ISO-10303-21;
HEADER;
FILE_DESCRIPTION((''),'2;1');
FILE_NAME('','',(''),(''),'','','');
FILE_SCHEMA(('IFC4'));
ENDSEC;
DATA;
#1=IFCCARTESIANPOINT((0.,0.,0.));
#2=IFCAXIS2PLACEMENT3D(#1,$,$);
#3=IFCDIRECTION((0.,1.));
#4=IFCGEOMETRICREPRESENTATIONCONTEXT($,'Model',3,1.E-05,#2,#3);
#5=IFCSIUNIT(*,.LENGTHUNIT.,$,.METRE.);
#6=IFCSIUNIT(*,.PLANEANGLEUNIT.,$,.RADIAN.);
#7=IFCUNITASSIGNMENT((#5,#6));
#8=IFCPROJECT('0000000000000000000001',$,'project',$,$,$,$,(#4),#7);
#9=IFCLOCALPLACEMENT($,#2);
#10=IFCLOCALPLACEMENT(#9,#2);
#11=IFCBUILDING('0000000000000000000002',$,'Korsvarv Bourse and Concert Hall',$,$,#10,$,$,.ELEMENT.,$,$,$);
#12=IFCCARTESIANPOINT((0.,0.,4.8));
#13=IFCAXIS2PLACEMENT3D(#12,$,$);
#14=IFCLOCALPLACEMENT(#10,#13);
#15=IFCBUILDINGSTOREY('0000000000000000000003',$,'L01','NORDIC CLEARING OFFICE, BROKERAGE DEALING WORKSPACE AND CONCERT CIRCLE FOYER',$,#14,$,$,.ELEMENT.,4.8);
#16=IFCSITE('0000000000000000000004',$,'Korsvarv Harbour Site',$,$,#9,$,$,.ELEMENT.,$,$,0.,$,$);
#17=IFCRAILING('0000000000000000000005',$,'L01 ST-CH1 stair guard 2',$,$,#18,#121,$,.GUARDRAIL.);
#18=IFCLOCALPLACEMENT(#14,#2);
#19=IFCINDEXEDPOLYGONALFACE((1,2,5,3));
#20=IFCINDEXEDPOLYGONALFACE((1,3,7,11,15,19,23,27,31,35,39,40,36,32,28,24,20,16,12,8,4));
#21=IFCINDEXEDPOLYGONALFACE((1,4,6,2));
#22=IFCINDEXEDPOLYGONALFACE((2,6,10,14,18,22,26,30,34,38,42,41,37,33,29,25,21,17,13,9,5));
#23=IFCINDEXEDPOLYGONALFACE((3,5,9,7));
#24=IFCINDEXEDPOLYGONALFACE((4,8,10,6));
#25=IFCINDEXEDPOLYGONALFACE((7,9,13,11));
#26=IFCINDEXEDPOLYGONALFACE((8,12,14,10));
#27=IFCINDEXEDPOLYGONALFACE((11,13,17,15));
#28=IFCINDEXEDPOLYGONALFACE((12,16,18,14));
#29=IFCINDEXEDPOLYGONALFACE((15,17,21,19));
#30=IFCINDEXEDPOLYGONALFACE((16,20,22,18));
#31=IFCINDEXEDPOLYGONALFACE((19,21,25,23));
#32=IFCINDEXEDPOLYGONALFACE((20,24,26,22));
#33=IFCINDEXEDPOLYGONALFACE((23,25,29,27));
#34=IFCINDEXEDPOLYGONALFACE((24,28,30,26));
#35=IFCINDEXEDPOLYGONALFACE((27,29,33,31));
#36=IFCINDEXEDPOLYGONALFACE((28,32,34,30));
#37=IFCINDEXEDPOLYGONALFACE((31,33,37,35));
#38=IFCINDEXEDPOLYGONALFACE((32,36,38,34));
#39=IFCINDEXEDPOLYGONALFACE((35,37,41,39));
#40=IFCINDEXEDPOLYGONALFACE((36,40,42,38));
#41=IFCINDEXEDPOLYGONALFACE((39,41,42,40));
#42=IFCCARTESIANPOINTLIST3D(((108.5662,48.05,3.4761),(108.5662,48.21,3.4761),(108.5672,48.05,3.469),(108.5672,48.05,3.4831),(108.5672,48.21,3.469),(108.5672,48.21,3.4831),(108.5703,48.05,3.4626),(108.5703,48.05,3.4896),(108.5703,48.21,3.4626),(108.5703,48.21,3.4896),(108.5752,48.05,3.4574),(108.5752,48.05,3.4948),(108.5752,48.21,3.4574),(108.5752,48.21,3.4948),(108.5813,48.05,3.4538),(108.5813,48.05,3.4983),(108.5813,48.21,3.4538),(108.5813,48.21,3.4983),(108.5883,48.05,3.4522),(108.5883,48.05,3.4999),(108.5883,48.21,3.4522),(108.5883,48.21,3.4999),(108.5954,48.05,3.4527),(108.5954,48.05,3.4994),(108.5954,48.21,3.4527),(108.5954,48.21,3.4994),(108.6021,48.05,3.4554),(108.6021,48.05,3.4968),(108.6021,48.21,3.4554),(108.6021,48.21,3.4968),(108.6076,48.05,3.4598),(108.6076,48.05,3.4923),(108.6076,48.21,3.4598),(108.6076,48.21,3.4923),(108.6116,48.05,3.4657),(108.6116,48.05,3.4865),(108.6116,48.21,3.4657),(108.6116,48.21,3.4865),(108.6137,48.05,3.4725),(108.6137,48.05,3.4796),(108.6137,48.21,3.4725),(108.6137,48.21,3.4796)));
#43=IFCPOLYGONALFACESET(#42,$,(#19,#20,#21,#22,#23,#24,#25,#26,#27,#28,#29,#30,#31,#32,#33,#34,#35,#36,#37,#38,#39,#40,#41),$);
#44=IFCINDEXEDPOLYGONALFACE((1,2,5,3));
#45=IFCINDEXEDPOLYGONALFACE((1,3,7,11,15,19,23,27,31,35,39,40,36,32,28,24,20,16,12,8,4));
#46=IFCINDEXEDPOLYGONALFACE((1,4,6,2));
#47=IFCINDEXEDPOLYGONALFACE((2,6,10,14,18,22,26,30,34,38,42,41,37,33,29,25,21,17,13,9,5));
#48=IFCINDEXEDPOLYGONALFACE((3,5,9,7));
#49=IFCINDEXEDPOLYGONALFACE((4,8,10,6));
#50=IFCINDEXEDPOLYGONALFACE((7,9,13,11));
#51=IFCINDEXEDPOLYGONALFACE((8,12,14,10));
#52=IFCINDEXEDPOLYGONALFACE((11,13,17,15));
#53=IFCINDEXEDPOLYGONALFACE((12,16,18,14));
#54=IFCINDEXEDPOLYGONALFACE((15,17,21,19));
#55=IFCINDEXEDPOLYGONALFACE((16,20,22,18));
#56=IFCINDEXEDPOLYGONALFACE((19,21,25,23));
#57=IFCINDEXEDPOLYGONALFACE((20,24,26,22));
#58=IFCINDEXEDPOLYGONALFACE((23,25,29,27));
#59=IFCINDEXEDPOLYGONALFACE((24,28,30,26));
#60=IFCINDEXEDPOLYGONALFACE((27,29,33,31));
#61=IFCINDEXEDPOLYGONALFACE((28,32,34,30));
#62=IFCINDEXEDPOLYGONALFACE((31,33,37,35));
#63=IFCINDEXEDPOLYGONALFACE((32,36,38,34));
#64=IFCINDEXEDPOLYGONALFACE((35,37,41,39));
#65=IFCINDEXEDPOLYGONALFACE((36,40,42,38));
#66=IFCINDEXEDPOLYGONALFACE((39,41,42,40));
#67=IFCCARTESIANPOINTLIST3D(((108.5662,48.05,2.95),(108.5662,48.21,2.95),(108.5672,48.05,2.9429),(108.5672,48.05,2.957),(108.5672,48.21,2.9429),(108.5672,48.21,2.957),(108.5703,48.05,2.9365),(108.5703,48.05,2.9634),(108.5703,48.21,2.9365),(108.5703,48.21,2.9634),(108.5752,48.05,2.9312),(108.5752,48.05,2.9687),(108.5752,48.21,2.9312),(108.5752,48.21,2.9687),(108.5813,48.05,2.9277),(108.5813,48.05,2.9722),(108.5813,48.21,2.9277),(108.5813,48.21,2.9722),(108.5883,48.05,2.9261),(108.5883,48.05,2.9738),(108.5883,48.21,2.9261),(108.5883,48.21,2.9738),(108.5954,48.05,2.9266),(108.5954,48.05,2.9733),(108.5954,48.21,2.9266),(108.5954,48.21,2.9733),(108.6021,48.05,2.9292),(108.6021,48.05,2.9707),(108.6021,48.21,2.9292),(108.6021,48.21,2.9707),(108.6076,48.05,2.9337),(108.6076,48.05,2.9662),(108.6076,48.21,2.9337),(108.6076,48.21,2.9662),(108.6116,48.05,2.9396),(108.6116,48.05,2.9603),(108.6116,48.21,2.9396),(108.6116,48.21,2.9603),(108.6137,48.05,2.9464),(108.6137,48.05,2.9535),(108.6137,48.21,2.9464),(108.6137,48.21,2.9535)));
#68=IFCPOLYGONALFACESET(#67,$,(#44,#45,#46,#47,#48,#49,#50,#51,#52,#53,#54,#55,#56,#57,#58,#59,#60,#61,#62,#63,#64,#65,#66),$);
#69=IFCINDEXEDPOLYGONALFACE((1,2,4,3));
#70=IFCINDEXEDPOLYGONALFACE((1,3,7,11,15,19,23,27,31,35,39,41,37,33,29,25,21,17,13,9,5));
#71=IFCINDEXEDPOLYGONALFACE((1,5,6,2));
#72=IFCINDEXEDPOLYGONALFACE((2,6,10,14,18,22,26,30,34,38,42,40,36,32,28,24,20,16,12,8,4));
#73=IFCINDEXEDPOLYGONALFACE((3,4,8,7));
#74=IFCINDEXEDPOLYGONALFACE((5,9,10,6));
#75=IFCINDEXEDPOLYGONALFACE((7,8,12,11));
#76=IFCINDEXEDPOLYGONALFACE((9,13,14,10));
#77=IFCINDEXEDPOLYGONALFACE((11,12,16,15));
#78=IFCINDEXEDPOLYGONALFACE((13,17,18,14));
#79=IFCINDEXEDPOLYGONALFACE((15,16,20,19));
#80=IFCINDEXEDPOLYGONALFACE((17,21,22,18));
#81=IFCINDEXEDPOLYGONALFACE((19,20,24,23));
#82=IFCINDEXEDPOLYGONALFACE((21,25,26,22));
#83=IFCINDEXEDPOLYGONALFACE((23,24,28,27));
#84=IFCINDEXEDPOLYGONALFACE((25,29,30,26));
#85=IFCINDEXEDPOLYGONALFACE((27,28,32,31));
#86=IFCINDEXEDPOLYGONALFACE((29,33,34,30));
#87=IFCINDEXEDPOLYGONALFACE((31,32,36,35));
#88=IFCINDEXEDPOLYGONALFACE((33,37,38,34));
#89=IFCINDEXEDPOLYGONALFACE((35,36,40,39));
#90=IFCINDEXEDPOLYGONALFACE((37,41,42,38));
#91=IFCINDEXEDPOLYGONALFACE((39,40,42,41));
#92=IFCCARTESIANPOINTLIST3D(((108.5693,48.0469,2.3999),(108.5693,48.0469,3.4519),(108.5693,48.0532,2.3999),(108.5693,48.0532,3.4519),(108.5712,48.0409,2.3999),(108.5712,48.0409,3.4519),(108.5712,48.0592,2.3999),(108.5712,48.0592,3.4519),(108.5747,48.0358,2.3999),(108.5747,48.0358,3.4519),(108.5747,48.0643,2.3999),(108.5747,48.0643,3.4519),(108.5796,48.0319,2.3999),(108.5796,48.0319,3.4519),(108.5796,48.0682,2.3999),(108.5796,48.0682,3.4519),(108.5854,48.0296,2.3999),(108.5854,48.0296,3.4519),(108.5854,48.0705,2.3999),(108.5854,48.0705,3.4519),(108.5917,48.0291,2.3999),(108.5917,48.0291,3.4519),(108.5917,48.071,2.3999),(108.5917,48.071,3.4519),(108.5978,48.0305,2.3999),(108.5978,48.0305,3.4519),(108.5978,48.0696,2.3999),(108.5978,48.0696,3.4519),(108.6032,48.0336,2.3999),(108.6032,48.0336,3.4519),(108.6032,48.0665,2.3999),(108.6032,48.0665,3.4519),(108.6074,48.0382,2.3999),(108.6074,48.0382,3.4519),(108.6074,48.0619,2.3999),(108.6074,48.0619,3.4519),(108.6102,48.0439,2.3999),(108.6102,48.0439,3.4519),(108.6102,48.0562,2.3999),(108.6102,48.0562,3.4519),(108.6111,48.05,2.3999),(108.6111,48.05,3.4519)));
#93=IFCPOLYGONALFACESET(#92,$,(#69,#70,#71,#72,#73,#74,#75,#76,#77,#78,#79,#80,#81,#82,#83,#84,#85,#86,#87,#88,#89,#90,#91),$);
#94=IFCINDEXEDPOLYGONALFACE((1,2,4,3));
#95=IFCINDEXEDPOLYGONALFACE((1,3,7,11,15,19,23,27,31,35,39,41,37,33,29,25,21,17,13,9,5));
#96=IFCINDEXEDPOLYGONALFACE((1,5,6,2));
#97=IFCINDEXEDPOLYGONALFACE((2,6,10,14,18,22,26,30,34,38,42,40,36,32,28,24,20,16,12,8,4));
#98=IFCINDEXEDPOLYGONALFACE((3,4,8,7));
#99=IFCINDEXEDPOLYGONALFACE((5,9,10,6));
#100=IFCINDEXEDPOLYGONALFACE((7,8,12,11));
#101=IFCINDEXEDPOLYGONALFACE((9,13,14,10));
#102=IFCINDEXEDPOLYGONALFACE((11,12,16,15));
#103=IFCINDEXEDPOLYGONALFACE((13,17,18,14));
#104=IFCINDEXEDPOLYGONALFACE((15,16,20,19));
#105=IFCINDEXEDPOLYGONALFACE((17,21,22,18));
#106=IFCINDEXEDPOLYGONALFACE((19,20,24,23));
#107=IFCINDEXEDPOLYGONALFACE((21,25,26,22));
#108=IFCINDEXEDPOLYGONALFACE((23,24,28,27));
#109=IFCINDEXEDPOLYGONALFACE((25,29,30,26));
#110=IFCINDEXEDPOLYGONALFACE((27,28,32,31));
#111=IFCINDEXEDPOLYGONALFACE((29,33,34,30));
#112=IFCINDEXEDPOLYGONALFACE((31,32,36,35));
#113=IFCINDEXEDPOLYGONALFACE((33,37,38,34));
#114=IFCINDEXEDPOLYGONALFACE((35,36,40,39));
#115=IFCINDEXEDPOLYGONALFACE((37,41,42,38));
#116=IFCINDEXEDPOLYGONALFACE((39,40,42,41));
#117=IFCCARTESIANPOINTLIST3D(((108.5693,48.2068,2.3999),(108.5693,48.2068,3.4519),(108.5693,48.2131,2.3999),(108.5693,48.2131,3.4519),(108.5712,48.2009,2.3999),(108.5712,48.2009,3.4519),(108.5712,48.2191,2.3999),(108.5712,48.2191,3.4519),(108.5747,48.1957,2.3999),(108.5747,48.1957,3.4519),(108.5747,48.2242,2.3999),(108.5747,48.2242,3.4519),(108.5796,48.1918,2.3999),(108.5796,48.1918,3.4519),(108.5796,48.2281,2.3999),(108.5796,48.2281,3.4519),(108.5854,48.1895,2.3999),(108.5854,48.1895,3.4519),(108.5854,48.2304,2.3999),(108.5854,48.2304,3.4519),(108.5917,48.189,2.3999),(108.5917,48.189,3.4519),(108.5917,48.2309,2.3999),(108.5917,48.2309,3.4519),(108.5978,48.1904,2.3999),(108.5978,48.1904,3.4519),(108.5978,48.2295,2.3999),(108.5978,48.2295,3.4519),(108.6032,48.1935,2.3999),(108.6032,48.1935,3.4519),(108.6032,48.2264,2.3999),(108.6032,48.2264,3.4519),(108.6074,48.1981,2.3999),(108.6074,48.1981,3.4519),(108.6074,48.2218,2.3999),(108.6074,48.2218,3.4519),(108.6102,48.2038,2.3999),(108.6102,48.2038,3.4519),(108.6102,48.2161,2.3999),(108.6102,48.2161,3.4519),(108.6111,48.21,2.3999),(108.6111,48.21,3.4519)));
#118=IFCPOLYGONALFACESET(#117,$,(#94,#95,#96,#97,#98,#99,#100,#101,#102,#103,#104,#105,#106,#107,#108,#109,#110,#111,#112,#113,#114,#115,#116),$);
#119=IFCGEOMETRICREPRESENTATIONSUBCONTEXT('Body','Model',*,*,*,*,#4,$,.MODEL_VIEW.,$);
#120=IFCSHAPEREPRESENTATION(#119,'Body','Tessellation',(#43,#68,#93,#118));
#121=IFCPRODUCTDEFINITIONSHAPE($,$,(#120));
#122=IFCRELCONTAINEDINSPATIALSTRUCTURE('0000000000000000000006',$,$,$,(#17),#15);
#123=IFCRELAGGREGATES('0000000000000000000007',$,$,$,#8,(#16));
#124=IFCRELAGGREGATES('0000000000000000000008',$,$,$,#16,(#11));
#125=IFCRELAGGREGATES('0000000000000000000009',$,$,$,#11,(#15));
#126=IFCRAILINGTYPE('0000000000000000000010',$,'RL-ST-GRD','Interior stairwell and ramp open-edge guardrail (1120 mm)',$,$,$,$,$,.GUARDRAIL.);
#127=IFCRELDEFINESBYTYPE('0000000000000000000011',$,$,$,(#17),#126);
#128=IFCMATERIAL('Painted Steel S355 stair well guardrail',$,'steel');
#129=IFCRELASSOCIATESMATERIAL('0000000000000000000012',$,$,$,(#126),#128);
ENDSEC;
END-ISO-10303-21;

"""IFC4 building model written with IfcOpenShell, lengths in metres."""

from ifc_helpers import new_model, si_unit, direction, frame, origin, origin_2d, place, context, subcontext, project, spatial, circle, extrude, material, type_object, element, save


model = new_model("IFC4")

# Units and contexts
model_context = context("Model", 3, precision=1e-05, world=origin(), true_north=direction((0.0, 1.0)))
body_context = subcontext(model_context, "Body", "Model", "MODEL_VIEW")
ifc_project = project(units=[si_unit("LENGTHUNIT", "METRE"), si_unit("PLANEANGLEUNIT", "RADIAN")], contexts=[model_context])

# Site, building, storey
site_placement = place(None, origin())
site = spatial("IfcSite", under=ifc_project, at=site_placement, Name="Korsvarv Harbour Site", CompositionType="ELEMENT", RefElevation=0.0)
building_placement = place(site_placement, origin())
building = spatial("IfcBuilding", under=site, at=building_placement, Name="Korsvarv Bourse and Concert Hall", CompositionType="ELEMENT")
storey_placement = place(building_placement, frame((0.0, 0.0, 4.8)))
storey = spatial("IfcBuildingStorey", under=building, at=storey_placement, Name="L01", Description="NORDIC CLEARING OFFICE, BROKERAGE DEALING WORKSPACE AND CONCERT CIRCLE FOYER", CompositionType="ELEMENT", Elevation=4.8)

# Railing
ifc_material_1 = material(Name="Painted Steel S355 stair well guardrail", Category="steel")
railing_type_1 = type_object("IfcRailingType", Name="RL-ST-GRD", Description="Interior stairwell and ramp open-edge guardrail (1120 mm)", PredefinedType="GUARDRAIL", material=ifc_material_1)
railing_1_placement = place(storey_placement, frame((108.5901, 48.05, 2.3999)))
element("IfcRailing", 1, at=railing_1_placement, inside=storey, type_object=railing_type_1, Name="L01 ST-CH1 stair guard 2", PredefinedType="GUARDRAIL", context=body_context, shape_type="SweptSolid", body=[
    extrude(circle(Radius=0.0239, at=origin_2d()), frame((0.0, 0.0, 1.0762), z_axis=(0.0, 1.0, 0.0), x_axis=(-1.0, 0.0, 0.0)), (0.0, 0.0, 1.0), 0.1599),
    extrude(circle(Radius=0.0239, at=origin_2d()), frame((0.0, 0.0, 0.55), z_axis=(0.0, 1.0, 0.0), x_axis=(-1.0, 0.0, 0.0)), (0.0, 0.0, 1.0), 0.1599),
    extrude(circle(Radius=0.021, at=origin_2d()), origin(), (0.0, 0.0, 1.0), 1.052),
    extrude(circle(Radius=0.021, at=origin_2d()), frame((0.0, 0.1599, 0.0)), (0.0, 0.0, 1.0), 1.052),
])

save(model, "model.ifc")
